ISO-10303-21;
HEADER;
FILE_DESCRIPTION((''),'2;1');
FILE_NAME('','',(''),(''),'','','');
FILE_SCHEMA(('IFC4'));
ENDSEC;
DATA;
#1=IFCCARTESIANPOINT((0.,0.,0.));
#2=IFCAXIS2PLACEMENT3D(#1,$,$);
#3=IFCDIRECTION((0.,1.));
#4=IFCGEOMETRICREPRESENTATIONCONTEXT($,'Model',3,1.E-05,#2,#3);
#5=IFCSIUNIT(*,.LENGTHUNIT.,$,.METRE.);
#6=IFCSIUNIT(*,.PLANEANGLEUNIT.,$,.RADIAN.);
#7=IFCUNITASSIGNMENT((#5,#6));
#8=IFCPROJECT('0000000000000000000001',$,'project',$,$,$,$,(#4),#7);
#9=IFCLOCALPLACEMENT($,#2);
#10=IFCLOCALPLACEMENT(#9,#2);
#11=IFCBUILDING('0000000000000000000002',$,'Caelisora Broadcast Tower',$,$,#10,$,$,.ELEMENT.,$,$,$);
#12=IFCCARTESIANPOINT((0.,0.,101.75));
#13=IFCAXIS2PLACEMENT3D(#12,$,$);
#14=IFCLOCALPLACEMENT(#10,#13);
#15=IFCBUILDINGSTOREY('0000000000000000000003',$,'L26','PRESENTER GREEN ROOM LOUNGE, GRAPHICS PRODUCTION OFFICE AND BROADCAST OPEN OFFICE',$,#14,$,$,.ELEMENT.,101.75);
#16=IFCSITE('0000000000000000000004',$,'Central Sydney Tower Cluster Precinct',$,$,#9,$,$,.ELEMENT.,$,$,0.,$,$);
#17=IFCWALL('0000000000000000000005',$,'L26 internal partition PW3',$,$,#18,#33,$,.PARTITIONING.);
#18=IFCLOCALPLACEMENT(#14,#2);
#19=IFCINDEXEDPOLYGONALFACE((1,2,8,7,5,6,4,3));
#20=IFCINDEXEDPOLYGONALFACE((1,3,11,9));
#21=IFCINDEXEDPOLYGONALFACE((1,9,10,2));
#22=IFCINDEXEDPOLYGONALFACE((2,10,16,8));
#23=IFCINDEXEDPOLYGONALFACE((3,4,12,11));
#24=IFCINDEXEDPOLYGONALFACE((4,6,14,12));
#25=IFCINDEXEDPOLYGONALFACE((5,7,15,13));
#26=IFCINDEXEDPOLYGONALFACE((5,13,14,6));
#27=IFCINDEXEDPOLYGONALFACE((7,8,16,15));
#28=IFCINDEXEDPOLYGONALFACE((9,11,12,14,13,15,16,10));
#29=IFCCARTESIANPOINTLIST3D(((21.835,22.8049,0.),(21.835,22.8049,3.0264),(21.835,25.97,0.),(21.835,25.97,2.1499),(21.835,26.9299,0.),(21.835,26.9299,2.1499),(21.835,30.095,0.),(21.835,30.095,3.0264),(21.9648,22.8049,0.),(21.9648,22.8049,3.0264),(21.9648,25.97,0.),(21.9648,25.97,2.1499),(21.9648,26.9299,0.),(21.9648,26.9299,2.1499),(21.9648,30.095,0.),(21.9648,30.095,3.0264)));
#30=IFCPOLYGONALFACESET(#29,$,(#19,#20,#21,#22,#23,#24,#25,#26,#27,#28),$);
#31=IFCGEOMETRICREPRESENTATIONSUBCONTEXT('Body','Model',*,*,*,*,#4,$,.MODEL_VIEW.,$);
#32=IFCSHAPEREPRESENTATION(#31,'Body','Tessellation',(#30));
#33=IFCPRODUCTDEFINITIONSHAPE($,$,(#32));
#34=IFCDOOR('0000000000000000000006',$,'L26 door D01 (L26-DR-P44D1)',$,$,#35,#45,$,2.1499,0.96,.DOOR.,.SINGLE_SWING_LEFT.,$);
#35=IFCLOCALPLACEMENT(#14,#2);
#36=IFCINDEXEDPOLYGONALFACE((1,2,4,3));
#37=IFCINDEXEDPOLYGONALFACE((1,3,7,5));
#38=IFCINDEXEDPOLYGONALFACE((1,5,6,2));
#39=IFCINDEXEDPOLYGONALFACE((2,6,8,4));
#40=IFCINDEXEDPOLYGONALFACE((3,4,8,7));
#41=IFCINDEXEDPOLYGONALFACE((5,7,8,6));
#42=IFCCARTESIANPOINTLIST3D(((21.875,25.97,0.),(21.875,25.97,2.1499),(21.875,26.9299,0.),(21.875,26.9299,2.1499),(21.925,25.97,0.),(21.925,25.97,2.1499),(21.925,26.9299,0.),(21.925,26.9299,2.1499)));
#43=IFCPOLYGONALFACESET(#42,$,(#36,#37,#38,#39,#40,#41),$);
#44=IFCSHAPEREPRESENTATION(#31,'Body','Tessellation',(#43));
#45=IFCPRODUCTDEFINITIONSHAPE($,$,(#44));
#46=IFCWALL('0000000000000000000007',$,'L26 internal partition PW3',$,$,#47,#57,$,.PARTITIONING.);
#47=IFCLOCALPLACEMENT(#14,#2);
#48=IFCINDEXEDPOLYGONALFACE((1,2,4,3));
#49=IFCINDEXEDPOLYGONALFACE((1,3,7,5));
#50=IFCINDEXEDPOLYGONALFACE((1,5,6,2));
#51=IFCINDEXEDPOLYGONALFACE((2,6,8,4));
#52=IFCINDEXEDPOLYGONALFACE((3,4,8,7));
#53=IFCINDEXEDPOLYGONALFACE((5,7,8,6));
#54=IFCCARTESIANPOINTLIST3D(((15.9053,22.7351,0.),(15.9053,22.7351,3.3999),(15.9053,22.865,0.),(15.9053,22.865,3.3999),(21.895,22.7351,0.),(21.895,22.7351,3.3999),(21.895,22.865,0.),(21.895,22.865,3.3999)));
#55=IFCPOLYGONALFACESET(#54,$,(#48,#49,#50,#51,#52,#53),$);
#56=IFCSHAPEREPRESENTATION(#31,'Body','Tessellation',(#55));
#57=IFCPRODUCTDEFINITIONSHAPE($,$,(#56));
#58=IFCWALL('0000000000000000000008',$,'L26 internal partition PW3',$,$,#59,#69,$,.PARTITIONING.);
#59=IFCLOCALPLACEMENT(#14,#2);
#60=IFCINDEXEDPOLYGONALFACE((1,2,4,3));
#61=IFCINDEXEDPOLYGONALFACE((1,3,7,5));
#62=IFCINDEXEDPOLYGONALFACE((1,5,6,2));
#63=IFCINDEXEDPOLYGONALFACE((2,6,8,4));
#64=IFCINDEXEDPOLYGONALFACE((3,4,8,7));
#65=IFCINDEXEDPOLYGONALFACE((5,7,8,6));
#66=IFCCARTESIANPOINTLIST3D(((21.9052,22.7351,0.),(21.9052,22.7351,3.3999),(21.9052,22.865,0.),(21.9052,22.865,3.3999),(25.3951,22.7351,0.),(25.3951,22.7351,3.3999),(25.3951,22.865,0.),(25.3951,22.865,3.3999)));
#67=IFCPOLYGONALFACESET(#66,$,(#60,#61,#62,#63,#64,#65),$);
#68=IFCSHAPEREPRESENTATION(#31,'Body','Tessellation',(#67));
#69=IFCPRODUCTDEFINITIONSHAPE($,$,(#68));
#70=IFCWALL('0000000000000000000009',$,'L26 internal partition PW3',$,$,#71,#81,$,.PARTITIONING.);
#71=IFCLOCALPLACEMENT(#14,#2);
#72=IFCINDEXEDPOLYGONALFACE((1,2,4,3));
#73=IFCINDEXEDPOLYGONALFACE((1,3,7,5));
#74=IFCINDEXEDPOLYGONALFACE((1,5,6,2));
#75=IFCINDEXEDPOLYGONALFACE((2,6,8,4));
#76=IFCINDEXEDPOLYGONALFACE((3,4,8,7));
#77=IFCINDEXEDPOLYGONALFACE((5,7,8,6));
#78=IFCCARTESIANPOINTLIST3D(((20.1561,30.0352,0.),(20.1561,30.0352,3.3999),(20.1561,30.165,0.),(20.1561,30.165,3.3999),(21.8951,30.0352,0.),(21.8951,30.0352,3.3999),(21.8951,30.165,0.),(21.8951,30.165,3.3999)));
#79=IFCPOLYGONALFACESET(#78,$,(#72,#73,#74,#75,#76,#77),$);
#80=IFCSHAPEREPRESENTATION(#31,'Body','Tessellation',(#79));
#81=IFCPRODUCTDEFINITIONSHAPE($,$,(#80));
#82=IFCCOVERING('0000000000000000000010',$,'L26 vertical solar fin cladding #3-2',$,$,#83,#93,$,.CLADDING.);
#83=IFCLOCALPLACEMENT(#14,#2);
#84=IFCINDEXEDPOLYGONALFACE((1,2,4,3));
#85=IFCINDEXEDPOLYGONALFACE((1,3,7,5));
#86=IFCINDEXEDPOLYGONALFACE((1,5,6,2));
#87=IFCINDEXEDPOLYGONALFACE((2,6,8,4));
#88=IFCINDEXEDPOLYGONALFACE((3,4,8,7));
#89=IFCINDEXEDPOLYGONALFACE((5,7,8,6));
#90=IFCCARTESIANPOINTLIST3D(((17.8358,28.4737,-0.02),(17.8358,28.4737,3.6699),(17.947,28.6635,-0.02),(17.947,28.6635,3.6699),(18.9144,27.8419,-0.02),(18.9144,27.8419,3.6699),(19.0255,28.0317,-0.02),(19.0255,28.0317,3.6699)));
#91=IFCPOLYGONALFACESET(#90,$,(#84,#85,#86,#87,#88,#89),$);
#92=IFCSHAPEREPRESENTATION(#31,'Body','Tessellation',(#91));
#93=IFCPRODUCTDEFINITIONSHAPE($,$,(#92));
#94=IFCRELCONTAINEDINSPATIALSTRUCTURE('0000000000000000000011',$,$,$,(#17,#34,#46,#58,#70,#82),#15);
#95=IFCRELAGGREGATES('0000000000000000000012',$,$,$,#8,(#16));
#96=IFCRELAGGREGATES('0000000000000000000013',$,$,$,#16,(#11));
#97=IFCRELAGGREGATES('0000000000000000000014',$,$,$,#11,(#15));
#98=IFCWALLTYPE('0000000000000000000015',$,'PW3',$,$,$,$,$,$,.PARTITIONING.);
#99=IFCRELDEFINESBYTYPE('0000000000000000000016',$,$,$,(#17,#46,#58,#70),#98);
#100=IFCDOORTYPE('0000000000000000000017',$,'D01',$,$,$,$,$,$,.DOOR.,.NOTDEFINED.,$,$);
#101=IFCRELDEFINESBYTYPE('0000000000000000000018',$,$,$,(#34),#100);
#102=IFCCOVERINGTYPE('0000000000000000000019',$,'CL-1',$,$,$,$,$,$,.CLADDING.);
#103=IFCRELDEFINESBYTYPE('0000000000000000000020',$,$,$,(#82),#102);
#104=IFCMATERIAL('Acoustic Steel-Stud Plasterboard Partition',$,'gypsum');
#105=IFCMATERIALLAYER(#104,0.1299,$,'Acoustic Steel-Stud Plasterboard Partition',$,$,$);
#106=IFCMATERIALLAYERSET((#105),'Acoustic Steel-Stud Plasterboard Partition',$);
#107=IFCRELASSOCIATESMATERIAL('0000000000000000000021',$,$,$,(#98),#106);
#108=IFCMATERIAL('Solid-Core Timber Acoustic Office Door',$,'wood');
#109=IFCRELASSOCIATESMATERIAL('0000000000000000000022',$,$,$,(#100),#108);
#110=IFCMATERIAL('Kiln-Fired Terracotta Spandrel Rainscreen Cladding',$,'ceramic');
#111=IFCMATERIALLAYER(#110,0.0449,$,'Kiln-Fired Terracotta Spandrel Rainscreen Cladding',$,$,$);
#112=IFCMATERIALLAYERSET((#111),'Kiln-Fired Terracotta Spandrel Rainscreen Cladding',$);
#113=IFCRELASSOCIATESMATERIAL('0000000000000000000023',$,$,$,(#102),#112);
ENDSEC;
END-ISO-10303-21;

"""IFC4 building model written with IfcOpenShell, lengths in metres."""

from ifc_helpers import new_model, si_unit, direction, frame, frame_2d, origin, origin_2d, place, context, subcontext, project, spatial, rectangle, extrude, source, transform, mapped, material, layer, layer_set, type_object, type_shapes, element, fill, save


model = new_model("IFC4")

# Units and contexts
model_context = context("Model", 3, precision=1e-05, world=origin(), true_north=direction((0.0, 1.0)))
body_context = subcontext(model_context, "Body", "Model", "MODEL_VIEW")
ifc_project = project(units=[si_unit("LENGTHUNIT", "METRE"), si_unit("PLANEANGLEUNIT", "RADIAN")], contexts=[model_context])

# Site, building, storey
site_placement = place(None, origin())
site = spatial("IfcSite", under=ifc_project, at=site_placement, Name="Central Sydney Tower Cluster Precinct", CompositionType="ELEMENT", RefElevation=0.0)
building_placement = place(site_placement, origin())
building = spatial("IfcBuilding", under=site, at=building_placement, Name="Caelisora Broadcast Tower", CompositionType="ELEMENT")
storey_placement = place(building_placement, frame((0.0, 0.0, 101.75)))
storey = spatial("IfcBuildingStorey", under=building, at=storey_placement, Name="L26", Description="PRESENTER GREEN ROOM LOUNGE, GRAPHICS PRODUCTION OFFICE AND BROADCAST OPEN OFFICE", CompositionType="ELEMENT", Elevation=101.75)

# Wall, opening, door
ifc_material_1 = material(Name="Acoustic Steel-Stud Plasterboard Partition", Category="gypsum")
ifc_layer_1 = layer(ifc_material_1, 0.1299, Name="Acoustic Steel-Stud Plasterboard Partition")
ifc_layer_set_1 = layer_set([ifc_layer_1], Name="Acoustic Steel-Stud Plasterboard Partition")
wall_type_1 = type_object("IfcWallType", Name="PW3", PredefinedType="PARTITIONING", material=ifc_layer_set_1)
ifc_material_2 = material(Name="Solid-Core Timber Acoustic Office Door", Category="wood")
door_type_1 = type_object("IfcDoorType", Name="D01", OperationType="NOTDEFINED", PredefinedType="DOOR", material=ifc_material_2)
wall_1_placement = place(storey_placement, frame((21.8999, 22.8049, 0.0), z_axis=(0.0, 0.0, 1.0), x_axis=(0.0, 1.0, 0.0)))
wall_1 = element("IfcWall", 1, at=wall_1_placement, inside=storey, type_object=wall_type_1, Name="L26 internal partition PW3", PredefinedType="PARTITIONING", context=body_context, shape_type="SweptSolid", body=[
    extrude(rectangle(XDim=7.29, YDim=0.1299, at=frame_2d((3.645, 0.0))), origin(), (0.0, 0.0, 1.0), 3.0264),
])
opening_1_placement = place(wall_1_placement, frame((3.165, 0.0, 0.0)))
opening_1 = element("IfcOpeningElement", 2, at=opening_1_placement, cuts=wall_1, PredefinedType="OPENING", context=body_context, shape_type="SweptSolid", body=[
    extrude(rectangle(XDim=0.96, YDim=2.1499, at=frame_2d((0.48, 1.075))), frame((0.0, 0.0769, 0.0), z_axis=(0.0, -1.0, 0.0), x_axis=(1.0, 0.0, 0.0)), (0.0, 0.0, 1.0), 0.1538),
])
door_1_placement = place(opening_1_placement, origin())
door_1 = element("IfcDoor", 3, at=door_1_placement, inside=storey, type_object=door_type_1, Name="L26 door D01 (L26-DR-P44D1)", OperationType="SINGLE_SWING_LEFT", OverallHeight=2.1499, OverallWidth=0.96, PredefinedType="DOOR", context=body_context, shape_type="SweptSolid", body=[
    extrude(rectangle(XDim=0.96, YDim=2.1499, at=frame_2d((0.48, 1.075))), frame((0.0, 0.0249, 0.0), z_axis=(0.0, -1.0, 0.0), x_axis=(1.0, 0.0, 0.0)), (0.0, 0.0, 1.0), 0.05),
])
fill(opening_1, door_1)

# Walls
wall_2_placement = place(storey_placement, frame((15.9053, 22.8, 0.0), z_axis=(0.0, 0.0, 1.0), x_axis=(1.0, 0.0, 0.0)))
element("IfcWall", 4, at=wall_2_placement, inside=storey, type_object=wall_type_1, Name="L26 internal partition PW3", PredefinedType="PARTITIONING", context=body_context, shape_type="SweptSolid", body=[
    extrude(rectangle(XDim=5.9897, YDim=0.1299, at=frame_2d((2.9949, 0.0))), origin(), (0.0, 0.0, 1.0), 3.3999),
])
wall_3_placement = place(storey_placement, frame((21.905, 22.8, 0.0), z_axis=(0.0, 0.0, 1.0), x_axis=(1.0, 0.0, 0.0)))
element("IfcWall", 5, at=wall_3_placement, inside=storey, type_object=wall_type_1, Name="L26 internal partition PW3", PredefinedType="PARTITIONING", context=body_context, shape_type="SweptSolid", body=[
    extrude(rectangle(XDim=3.49, YDim=0.1299, at=frame_2d((1.7451, 0.0))), origin(), (0.0, 0.0, 1.0), 3.3999),
])
wall_4_placement = place(storey_placement, frame((20.156, 30.1001, 0.0), z_axis=(0.0, 0.0, 1.0), x_axis=(1.0, 0.0, 0.0)))
element("IfcWall", 6, at=wall_4_placement, inside=storey, type_object=wall_type_1, Name="L26 internal partition PW3", PredefinedType="PARTITIONING", context=body_context, shape_type="SweptSolid", body=[
    extrude(rectangle(XDim=1.739, YDim=0.1299, at=frame_2d((0.8696, 0.0))), origin(), (0.0, 0.0, 1.0), 3.3999),
])

# Covering
ifc_material_3 = material(Name="Kiln-Fired Terracotta Spandrel Rainscreen Cladding", Category="ceramic")
ifc_layer_2 = layer(ifc_material_3, 0.0449, Name="Kiln-Fired Terracotta Spandrel Rainscreen Cladding")
ifc_layer_set_2 = layer_set([ifc_layer_2], Name="Kiln-Fired Terracotta Spandrel Rainscreen Cladding")
covering_type = type_object("IfcCoveringType", Name="CL-1", PredefinedType="CLADDING", material=ifc_layer_set_2)
shared_shape_1 = source(origin(), body_context, "Body", "SweptSolid", [
    extrude(rectangle(XDim=0.22, YDim=1.25, at=origin_2d()), origin(), (0.0, 0.0, 1.0), 3.6899),
])
type_shapes(covering_type, [shared_shape_1])
covering_placement = place(storey_placement, frame((18.4307, 28.2527, -0.02), z_axis=(0.0, 0.0, 1.0), x_axis=(0.505431, 0.862867, 0.0)))
element("IfcCovering", 7, at=covering_placement, inside=storey, type_object=covering_type, Name="L26 vertical solar fin cladding #3-2", PredefinedType="CLADDING", context=body_context, shape_type="MappedRepresentation", body=[
    mapped(shared_shape_1, transform((0.0, 0.0, 0.0), scale=1.0)),
])

save(model, "model.ifc")
